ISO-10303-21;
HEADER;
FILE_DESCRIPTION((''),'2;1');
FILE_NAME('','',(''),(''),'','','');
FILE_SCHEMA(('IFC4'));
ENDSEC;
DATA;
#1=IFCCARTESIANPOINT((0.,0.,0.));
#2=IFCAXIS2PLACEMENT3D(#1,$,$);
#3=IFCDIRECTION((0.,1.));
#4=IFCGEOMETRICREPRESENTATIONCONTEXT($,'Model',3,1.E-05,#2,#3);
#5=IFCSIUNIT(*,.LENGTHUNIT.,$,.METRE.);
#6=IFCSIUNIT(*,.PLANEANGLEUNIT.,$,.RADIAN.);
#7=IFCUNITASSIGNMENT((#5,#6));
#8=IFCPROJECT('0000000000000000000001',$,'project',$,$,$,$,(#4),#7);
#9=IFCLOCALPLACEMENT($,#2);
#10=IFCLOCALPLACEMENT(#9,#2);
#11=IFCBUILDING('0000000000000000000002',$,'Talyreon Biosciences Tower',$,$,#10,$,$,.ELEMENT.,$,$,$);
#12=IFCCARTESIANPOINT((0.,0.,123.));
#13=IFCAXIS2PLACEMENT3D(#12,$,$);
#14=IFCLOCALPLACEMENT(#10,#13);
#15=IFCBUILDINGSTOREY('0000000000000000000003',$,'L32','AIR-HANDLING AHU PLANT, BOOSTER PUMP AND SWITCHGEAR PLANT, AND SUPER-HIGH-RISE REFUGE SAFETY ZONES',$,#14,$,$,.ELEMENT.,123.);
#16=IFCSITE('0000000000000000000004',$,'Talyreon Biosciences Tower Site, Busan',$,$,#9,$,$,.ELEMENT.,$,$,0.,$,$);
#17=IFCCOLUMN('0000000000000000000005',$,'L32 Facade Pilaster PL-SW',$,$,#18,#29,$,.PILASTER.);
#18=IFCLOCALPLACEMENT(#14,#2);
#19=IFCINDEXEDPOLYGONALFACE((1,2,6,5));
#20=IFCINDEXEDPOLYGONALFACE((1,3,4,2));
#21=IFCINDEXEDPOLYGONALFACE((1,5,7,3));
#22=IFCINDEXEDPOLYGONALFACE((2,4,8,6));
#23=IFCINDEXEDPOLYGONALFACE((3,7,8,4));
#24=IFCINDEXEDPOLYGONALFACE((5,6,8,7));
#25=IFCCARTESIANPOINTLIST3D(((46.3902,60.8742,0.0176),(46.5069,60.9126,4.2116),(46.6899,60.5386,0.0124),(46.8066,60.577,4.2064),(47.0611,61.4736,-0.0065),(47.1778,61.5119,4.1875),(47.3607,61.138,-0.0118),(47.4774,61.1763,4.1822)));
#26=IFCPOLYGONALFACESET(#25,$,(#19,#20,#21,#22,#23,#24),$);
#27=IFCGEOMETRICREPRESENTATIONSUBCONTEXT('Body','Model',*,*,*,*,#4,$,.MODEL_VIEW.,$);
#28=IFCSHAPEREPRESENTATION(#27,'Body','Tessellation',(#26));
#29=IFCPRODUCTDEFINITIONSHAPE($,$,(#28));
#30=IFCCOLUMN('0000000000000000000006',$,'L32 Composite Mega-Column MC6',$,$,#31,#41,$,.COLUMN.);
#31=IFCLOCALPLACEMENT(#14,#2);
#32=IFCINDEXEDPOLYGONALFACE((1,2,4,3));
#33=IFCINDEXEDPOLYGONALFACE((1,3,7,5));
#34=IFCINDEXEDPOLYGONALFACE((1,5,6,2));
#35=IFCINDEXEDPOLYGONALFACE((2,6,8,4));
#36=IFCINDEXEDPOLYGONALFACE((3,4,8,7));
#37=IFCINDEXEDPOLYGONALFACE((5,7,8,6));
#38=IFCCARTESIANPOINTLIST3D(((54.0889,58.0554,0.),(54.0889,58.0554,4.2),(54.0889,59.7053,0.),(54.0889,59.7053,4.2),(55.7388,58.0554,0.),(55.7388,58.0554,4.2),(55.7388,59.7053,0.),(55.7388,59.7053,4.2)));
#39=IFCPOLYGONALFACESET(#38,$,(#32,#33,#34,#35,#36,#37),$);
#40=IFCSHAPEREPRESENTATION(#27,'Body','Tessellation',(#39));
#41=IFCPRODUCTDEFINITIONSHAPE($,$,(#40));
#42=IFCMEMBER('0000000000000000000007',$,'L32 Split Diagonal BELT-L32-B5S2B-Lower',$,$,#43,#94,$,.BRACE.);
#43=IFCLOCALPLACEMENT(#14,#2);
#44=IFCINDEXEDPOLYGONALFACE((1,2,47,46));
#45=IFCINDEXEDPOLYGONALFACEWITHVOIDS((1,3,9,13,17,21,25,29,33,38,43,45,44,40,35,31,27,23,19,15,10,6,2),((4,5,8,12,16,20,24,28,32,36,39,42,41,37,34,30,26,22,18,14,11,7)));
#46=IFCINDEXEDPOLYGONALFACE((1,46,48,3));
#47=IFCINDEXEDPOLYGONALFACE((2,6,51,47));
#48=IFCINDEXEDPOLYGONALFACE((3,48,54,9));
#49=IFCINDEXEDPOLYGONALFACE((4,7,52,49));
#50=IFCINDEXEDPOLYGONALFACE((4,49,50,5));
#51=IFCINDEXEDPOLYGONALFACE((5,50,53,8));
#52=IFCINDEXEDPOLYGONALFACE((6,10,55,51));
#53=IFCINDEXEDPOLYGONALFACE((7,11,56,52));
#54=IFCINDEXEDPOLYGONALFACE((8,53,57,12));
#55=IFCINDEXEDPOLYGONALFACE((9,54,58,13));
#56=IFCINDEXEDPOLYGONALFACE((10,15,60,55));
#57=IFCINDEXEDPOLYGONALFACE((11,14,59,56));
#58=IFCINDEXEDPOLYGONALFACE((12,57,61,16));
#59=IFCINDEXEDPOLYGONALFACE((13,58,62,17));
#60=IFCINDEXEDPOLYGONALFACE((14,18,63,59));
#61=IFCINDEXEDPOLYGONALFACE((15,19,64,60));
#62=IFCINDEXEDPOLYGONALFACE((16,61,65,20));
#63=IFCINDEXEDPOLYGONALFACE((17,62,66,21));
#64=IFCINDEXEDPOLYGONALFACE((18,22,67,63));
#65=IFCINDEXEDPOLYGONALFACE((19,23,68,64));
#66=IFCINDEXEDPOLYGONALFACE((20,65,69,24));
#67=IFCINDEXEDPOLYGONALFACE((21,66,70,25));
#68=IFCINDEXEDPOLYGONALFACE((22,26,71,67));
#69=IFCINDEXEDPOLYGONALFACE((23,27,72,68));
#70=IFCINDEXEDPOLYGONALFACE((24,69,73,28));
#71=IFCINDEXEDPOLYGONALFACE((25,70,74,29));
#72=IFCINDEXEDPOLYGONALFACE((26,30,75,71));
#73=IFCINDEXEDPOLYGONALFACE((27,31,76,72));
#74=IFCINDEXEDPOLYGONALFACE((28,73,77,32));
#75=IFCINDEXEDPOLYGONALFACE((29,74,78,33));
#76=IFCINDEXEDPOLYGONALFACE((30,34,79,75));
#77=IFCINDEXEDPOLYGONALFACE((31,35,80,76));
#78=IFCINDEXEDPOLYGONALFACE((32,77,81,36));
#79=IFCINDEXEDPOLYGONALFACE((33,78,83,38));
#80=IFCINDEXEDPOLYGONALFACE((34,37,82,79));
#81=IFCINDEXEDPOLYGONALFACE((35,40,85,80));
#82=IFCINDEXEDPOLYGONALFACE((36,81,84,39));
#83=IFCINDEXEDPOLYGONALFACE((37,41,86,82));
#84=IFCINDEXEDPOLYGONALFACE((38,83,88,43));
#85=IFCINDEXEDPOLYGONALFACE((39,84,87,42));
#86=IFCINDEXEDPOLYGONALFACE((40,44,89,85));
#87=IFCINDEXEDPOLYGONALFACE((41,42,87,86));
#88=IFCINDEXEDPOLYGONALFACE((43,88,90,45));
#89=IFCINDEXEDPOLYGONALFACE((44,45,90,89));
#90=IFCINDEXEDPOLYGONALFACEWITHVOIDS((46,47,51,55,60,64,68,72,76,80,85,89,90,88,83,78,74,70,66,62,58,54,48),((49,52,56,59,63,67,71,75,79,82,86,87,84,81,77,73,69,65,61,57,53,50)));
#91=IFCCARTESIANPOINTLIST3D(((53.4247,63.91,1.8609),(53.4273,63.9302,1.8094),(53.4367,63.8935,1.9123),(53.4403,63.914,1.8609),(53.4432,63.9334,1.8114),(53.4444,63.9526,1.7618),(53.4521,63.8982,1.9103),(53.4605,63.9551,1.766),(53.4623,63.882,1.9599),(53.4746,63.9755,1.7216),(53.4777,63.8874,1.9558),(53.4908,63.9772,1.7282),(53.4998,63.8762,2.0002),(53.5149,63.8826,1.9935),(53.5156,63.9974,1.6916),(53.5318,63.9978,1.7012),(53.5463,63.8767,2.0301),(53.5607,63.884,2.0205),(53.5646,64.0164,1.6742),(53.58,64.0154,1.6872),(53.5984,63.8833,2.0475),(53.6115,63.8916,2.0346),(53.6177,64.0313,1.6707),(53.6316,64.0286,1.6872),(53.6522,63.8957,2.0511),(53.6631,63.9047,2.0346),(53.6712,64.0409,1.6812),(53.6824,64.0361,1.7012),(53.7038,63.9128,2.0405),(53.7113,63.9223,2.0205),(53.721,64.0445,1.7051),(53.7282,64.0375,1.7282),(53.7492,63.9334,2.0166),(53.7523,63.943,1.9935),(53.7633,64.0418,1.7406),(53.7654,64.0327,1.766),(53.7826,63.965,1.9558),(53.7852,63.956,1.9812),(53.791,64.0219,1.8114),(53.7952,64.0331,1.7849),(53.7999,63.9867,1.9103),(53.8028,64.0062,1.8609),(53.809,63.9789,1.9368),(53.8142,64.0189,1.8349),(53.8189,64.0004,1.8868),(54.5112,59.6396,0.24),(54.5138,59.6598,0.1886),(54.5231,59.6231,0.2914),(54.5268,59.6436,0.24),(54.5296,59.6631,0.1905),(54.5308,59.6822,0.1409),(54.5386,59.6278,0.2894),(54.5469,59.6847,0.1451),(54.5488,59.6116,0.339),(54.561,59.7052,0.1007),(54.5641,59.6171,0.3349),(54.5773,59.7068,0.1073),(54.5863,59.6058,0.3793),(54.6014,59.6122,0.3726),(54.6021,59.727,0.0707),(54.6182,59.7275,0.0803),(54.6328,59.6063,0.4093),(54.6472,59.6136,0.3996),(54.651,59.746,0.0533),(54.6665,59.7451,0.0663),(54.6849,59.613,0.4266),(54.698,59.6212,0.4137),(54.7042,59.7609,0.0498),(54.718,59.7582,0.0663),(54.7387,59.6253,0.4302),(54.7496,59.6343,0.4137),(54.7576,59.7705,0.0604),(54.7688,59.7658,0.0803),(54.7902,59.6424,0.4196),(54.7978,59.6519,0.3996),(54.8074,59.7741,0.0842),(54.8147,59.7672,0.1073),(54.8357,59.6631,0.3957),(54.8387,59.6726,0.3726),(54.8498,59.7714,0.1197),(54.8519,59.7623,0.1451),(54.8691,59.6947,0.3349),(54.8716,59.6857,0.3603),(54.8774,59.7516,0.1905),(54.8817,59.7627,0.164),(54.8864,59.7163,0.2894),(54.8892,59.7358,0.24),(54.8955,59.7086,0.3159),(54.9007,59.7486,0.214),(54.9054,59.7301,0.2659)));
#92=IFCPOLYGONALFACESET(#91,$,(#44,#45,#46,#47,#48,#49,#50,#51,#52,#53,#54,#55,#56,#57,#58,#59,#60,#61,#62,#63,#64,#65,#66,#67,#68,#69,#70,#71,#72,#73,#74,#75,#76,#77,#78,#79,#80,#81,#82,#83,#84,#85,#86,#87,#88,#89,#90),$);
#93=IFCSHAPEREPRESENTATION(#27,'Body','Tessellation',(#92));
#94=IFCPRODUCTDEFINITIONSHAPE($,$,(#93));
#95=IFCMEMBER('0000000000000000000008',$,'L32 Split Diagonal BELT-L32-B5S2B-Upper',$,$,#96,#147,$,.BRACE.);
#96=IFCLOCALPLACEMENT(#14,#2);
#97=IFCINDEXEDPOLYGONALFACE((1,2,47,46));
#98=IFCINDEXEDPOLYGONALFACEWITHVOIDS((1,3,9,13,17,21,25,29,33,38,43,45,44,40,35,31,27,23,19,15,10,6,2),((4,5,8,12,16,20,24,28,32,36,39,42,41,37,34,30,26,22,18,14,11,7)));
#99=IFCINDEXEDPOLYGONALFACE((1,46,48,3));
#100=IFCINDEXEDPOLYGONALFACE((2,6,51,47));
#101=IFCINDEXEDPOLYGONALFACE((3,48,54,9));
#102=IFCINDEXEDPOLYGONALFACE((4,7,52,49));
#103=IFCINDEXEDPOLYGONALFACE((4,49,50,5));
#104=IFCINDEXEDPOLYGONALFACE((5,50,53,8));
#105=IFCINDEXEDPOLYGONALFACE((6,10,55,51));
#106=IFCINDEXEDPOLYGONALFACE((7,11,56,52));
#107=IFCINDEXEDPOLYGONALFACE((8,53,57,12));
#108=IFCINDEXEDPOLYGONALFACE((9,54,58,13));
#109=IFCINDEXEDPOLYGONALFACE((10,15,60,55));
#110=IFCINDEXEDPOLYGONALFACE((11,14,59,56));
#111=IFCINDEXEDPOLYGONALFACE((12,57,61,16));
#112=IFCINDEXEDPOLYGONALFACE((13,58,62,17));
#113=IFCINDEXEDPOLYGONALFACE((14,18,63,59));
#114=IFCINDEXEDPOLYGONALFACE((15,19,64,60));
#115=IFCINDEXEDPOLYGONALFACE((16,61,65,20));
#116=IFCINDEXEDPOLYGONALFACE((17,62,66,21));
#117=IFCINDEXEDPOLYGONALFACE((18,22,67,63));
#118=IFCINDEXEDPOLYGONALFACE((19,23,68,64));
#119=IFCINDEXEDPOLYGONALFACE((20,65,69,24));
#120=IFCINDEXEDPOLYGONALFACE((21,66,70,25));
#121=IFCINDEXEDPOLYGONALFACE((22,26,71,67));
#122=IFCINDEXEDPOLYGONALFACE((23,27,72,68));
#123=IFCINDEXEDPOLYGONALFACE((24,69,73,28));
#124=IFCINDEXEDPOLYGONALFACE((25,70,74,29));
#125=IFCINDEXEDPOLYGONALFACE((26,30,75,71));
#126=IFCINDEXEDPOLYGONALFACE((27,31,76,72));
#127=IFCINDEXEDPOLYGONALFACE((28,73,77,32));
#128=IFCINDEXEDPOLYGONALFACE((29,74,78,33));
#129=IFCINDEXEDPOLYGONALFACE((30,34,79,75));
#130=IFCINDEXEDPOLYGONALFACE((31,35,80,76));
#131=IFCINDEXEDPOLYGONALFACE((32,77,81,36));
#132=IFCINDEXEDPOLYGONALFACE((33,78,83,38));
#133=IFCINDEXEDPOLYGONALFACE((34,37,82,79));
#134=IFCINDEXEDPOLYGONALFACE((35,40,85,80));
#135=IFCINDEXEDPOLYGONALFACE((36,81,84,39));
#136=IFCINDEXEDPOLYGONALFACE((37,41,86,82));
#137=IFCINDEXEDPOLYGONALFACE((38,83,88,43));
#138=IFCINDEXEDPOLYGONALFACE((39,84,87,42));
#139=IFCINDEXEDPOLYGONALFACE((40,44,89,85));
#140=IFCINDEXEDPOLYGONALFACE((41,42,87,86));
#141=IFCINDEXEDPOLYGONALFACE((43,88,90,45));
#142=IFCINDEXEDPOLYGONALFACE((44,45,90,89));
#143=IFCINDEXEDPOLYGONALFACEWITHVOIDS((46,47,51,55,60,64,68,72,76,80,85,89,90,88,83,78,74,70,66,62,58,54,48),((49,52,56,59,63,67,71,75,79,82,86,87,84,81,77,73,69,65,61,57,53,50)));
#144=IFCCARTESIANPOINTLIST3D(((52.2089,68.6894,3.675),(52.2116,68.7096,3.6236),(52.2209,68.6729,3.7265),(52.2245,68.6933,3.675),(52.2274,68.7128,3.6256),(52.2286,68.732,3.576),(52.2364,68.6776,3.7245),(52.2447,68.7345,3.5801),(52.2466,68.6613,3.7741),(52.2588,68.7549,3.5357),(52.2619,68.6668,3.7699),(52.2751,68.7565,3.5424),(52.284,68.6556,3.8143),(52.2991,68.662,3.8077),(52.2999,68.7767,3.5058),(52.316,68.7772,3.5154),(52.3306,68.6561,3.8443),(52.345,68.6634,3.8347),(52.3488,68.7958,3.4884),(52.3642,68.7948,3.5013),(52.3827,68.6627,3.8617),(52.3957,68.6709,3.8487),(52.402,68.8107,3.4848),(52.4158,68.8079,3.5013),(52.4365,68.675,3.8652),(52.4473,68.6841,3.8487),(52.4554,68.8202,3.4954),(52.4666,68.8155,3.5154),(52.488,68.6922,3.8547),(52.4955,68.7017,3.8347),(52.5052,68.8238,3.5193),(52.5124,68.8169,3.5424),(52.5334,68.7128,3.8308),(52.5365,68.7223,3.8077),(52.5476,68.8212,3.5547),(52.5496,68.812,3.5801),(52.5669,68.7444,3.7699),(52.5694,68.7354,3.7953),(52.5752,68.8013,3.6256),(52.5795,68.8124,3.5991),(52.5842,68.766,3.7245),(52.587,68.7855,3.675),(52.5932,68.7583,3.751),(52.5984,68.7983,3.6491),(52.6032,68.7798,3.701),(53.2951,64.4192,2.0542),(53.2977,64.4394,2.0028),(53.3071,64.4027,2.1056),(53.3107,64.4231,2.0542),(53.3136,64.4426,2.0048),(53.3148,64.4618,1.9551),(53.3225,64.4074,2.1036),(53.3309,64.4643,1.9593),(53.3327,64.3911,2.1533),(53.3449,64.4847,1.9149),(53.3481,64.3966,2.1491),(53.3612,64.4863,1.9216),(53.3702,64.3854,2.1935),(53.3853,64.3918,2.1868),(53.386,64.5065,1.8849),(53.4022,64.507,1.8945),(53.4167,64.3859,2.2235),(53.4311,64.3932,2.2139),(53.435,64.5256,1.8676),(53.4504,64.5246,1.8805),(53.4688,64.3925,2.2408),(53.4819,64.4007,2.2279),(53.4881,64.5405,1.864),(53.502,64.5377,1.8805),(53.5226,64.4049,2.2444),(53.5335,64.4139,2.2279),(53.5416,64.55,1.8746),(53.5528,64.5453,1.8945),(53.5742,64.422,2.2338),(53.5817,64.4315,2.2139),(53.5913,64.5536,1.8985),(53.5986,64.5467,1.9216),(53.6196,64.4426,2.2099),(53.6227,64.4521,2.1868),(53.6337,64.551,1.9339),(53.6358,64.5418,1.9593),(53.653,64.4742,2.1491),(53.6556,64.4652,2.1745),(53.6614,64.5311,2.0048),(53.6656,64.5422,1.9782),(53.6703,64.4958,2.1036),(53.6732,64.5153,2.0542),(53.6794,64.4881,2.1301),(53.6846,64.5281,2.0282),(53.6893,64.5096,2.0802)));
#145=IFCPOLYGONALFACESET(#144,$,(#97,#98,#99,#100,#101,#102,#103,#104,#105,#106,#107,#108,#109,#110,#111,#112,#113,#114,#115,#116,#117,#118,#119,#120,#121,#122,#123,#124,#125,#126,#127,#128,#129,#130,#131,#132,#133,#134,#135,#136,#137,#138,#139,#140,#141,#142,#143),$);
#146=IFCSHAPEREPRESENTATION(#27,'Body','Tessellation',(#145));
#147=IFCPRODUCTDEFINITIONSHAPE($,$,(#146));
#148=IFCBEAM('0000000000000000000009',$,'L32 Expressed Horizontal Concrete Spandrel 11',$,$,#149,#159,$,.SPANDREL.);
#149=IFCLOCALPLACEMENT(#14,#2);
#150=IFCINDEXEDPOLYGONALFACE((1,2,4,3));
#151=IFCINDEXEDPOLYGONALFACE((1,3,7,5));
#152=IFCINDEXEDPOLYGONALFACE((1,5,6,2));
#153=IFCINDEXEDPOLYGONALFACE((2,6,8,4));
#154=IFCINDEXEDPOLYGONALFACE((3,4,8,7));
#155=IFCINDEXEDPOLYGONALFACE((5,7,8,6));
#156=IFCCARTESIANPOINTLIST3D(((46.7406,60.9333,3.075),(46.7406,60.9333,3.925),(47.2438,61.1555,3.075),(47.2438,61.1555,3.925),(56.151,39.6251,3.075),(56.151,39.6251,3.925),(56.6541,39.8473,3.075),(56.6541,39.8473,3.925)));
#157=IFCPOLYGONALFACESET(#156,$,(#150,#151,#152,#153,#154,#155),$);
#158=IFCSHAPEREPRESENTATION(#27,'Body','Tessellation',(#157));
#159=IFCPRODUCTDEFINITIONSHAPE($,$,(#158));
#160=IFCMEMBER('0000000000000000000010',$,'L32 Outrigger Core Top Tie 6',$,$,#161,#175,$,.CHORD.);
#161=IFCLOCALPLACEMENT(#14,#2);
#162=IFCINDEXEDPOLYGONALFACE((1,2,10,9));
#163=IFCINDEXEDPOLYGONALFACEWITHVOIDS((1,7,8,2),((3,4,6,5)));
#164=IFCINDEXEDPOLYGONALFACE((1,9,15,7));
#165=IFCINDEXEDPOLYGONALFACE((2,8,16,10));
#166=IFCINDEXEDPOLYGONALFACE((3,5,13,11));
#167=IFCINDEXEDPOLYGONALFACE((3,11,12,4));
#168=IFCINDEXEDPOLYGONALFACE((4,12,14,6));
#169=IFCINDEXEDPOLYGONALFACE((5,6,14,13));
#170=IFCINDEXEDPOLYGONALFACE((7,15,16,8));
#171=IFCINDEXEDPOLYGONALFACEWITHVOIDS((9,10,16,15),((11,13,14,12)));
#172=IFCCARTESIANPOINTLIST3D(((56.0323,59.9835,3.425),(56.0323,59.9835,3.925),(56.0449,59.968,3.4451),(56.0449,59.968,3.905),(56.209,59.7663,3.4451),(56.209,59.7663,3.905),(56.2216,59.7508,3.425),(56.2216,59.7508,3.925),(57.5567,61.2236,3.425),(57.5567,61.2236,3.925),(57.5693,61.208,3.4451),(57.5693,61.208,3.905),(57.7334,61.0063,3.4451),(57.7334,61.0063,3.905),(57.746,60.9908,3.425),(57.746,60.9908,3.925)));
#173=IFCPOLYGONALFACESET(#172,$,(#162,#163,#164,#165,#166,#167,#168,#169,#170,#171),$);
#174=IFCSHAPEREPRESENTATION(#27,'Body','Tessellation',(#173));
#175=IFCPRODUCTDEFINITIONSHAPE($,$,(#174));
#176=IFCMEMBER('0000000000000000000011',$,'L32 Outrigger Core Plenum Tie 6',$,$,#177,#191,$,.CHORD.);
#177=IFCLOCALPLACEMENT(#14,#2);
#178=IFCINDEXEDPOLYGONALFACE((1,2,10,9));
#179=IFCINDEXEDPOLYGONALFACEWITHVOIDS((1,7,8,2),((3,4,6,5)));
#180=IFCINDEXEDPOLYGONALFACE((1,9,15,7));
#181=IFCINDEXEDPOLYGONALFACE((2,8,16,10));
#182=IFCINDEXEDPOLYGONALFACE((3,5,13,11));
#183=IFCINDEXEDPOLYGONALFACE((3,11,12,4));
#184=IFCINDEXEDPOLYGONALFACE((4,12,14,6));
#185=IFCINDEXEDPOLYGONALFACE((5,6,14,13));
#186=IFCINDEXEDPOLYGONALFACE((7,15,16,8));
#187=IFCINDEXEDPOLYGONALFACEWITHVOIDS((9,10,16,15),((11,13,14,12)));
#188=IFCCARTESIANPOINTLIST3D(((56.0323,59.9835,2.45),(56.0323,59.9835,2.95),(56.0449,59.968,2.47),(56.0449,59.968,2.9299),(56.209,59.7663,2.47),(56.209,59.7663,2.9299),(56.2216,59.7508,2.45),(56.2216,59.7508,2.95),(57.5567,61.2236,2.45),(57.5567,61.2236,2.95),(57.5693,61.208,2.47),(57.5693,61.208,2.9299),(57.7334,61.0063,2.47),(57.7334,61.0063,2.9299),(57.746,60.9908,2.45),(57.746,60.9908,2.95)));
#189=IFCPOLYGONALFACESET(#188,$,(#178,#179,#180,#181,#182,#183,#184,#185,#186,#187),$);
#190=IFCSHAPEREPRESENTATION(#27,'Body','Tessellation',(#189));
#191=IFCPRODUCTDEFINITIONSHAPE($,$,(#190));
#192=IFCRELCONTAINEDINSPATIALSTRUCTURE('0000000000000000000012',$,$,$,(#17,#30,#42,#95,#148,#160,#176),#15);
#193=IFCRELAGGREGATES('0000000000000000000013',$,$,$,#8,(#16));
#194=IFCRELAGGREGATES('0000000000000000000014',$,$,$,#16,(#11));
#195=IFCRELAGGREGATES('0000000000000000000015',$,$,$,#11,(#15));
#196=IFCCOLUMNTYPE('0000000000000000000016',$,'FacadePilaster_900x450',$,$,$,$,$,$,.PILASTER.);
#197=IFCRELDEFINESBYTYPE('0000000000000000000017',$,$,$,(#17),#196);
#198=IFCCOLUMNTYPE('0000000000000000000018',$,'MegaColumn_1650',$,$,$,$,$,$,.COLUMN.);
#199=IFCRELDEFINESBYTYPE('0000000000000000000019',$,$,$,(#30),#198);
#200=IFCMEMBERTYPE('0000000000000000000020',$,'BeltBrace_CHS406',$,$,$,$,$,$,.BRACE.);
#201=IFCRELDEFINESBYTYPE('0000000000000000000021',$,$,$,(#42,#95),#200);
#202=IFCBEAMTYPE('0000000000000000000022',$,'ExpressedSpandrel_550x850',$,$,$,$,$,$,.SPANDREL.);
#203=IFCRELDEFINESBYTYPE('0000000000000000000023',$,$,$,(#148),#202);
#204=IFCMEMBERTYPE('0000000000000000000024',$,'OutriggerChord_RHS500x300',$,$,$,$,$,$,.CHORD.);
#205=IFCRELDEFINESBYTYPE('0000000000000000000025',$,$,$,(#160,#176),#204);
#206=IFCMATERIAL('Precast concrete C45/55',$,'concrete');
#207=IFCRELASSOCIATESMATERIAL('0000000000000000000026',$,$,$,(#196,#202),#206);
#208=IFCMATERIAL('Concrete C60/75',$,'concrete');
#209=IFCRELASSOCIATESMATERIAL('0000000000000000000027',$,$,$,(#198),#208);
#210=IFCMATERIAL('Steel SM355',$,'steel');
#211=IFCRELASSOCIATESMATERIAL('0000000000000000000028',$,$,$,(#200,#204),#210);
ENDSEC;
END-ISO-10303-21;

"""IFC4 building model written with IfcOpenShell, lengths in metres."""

from ifc_helpers import new_model, si_unit, direction, frame, origin, origin_2d, place, context, subcontext, project, spatial, rectangle, hollow_rectangle, hollow_circle, extrude, material, material_profile, profile_set, type_object, element, save


model = new_model("IFC4")

# Units and contexts
model_context = context("Model", 3, precision=1e-05, world=origin(), true_north=direction((0.0, 1.0)))
body_context = subcontext(model_context, "Body", "Model", "MODEL_VIEW")
ifc_project = project(units=[si_unit("LENGTHUNIT", "METRE"), si_unit("PLANEANGLEUNIT", "RADIAN")], contexts=[model_context])

# Site, building, storey
site_placement = place(None, origin())
site = spatial("IfcSite", under=ifc_project, at=site_placement, Name="Talyreon Biosciences Tower Site, Busan", CompositionType="ELEMENT", RefElevation=0.0)
building_placement = place(site_placement, origin())
building = spatial("IfcBuilding", under=site, at=building_placement, Name="Talyreon Biosciences Tower", CompositionType="ELEMENT")
storey_placement = place(building_placement, frame((0.0, 0.0, 123.0)))
storey = spatial("IfcBuildingStorey", under=building, at=storey_placement, Name="L32", Description="AIR-HANDLING AHU PLANT, BOOSTER PUMP AND SWITCHGEAR PLANT, AND SUPER-HIGH-RISE REFUGE SAFETY ZONES", CompositionType="ELEMENT", Elevation=123.0)

# Columns
ifc_material_1 = material(Name="Precast concrete C45/55", Category="concrete")
ifc_material_profile_1 = material_profile(ifc_material_1, rectangle(XDim=0.8999, YDim=0.45, at=origin_2d()), Name="RC 900x450")
ifc_profile_set_1 = profile_set([ifc_material_profile_1], Name="Precast concrete C45/55")
column_type_1 = type_object("IfcColumnType", Name="FacadePilaster_900x450", PredefinedType="PILASTER", material=ifc_profile_set_1)
column_1_placement = place(storey_placement, frame((46.8755, 61.0061, 0.0029), z_axis=(0.027813, 0.009135, 0.999571), x_axis=(0.745477, 0.665992, -0.026829)))
element("IfcColumn", 1, at=column_1_placement, inside=storey, type_object=column_type_1, Name="L32 Facade Pilaster PL-SW", PredefinedType="PILASTER", context=body_context, shape_type="SweptSolid", body=[
    extrude(rectangle(XDim=0.8999, YDim=0.45, at=origin_2d()), origin(), (0.0, 0.0, 1.0), 4.1958),
])
ifc_material_2 = material(Name="Concrete C60/75", Category="concrete")
ifc_material_profile_2 = material_profile(ifc_material_2, rectangle(XDim=1.6499, YDim=1.6499, at=origin_2d()), Name="RC 1650x1650")
ifc_profile_set_2 = profile_set([ifc_material_profile_2], Name="Concrete C60/75")
column_type_2 = type_object("IfcColumnType", Name="MegaColumn_1650", PredefinedType="COLUMN", material=ifc_profile_set_2)
column_2_placement = place(storey_placement, frame((54.9138, 58.8804, 0.0), z_axis=(0.0, 0.0, 1.0), x_axis=(1.0, 0.0, 0.0)))
element("IfcColumn", 2, at=column_2_placement, inside=storey, type_object=column_type_2, Name="L32 Composite Mega-Column MC6", PredefinedType="COLUMN", context=body_context, shape_type="SweptSolid", body=[
    extrude(rectangle(XDim=1.6499, YDim=1.6499, at=origin_2d()), origin(), (0.0, 0.0, 1.0), 4.2),
])

# Members
ifc_material_3 = material(Name="Steel SM355", Category="steel")
ifc_material_profile_3 = material_profile(ifc_material_3, hollow_circle(Radius=0.2031, WallThickness=0.0161, at=origin_2d()), Name="CHS 406.4x16")
ifc_profile_set_3 = profile_set([ifc_material_profile_3], Name="Steel SM355")
member_type_1 = type_object("IfcMemberType", Name="BeltBrace_CHS406", PredefinedType="BRACE", material=ifc_profile_set_3)
member_1_placement = place(storey_placement, frame((54.708, 59.6897, 0.24), z_axis=(-0.231403, 0.909543, 0.345232), x_axis=(-0.969127, -0.246562, 0.0)))
element("IfcMember", 3, at=member_1_placement, inside=storey, type_object=member_type_1, Name="L32 Split Diagonal BELT-L32-B5S2B-Lower", PredefinedType="BRACE", context=body_context, shape_type="SweptSolid", body=[
    extrude(hollow_circle(Radius=0.2031, WallThickness=0.0161, at=origin_2d()), origin(), (0.0, 0.0, 1.0), 4.6951),
])
member_2_placement = place(storey_placement, frame((53.4919, 64.4692, 2.0542), z_axis=(-0.231353, 0.909553, 0.345236), x_axis=(-0.96914, -0.24651, 0.0)))
element("IfcMember", 4, at=member_2_placement, inside=storey, type_object=member_type_1, Name="L32 Split Diagonal BELT-L32-B5S2B-Upper", PredefinedType="BRACE", context=body_context, shape_type="SweptSolid", body=[
    extrude(hollow_circle(Radius=0.2031, WallThickness=0.0161, at=origin_2d()), origin(), (0.0, 0.0, 1.0), 4.6948),
])

# Beam
ifc_material_profile_4 = material_profile(ifc_material_1, rectangle(XDim=0.55, YDim=0.8501, at=origin_2d()), Name="RCB 550x850")
ifc_profile_set_4 = profile_set([ifc_material_profile_4], Name="Precast concrete C45/55")
beam_type_1 = type_object("IfcBeamType", Name="ExpressedSpandrel_550x850", PredefinedType="SPANDREL", material=ifc_profile_set_4)
beam_1_placement = place(storey_placement, frame((46.9922, 61.0444, 3.5), z_axis=(0.403987, -0.914765, 0.0), x_axis=(0.914765, 0.403987, 0.0)))
element("IfcBeam", 5, at=beam_1_placement, inside=storey, type_object=beam_type_1, Name="L32 Expressed Horizontal Concrete Spandrel 11", PredefinedType="SPANDREL", context=body_context, shape_type="SweptSolid", body=[
    extrude(rectangle(XDim=0.55, YDim=0.8501, at=origin_2d()), origin(), (0.0, 0.0, 1.0), 23.2937),
])

# Members
ifc_material_profile_5 = material_profile(ifc_material_3, hollow_rectangle(XDim=0.3, YDim=0.5, WallThickness=0.02, at=origin_2d()), Name="RHS 500x300x20")
ifc_profile_set_5 = profile_set([ifc_material_profile_5], Name="Steel SM355")
member_type_2 = type_object("IfcMemberType", Name="OutriggerChord_RHS500x300", PredefinedType="CHORD", material=ifc_profile_set_5)
for number, where, z_axis, x_axis, name in (
    (6, (57.6514, 61.1072, 3.675), (-0.775764, -0.631023, 0.0), (0.631023, -0.775764, 0.0), "L32 Outrigger Core Top Tie 6"),
    (7, (57.6514, 61.1072, 2.7), (-0.775764, -0.631023, 0.0), (0.631023, -0.775764, 0.0), "L32 Outrigger Core Plenum Tie 6"),
):
    element("IfcMember", number, at=place(storey_placement, frame(where, z_axis=z_axis, x_axis=x_axis)), inside=storey, type_object=member_type_2, Name=name, PredefinedType="CHORD", context=body_context, shape_type="SweptSolid", body=[
        extrude(hollow_rectangle(XDim=0.3, YDim=0.5, WallThickness=0.02, at=origin_2d()), origin(), (0.0, 0.0, 1.0), 1.9651),
    ])

save(model, "model.ifc")
